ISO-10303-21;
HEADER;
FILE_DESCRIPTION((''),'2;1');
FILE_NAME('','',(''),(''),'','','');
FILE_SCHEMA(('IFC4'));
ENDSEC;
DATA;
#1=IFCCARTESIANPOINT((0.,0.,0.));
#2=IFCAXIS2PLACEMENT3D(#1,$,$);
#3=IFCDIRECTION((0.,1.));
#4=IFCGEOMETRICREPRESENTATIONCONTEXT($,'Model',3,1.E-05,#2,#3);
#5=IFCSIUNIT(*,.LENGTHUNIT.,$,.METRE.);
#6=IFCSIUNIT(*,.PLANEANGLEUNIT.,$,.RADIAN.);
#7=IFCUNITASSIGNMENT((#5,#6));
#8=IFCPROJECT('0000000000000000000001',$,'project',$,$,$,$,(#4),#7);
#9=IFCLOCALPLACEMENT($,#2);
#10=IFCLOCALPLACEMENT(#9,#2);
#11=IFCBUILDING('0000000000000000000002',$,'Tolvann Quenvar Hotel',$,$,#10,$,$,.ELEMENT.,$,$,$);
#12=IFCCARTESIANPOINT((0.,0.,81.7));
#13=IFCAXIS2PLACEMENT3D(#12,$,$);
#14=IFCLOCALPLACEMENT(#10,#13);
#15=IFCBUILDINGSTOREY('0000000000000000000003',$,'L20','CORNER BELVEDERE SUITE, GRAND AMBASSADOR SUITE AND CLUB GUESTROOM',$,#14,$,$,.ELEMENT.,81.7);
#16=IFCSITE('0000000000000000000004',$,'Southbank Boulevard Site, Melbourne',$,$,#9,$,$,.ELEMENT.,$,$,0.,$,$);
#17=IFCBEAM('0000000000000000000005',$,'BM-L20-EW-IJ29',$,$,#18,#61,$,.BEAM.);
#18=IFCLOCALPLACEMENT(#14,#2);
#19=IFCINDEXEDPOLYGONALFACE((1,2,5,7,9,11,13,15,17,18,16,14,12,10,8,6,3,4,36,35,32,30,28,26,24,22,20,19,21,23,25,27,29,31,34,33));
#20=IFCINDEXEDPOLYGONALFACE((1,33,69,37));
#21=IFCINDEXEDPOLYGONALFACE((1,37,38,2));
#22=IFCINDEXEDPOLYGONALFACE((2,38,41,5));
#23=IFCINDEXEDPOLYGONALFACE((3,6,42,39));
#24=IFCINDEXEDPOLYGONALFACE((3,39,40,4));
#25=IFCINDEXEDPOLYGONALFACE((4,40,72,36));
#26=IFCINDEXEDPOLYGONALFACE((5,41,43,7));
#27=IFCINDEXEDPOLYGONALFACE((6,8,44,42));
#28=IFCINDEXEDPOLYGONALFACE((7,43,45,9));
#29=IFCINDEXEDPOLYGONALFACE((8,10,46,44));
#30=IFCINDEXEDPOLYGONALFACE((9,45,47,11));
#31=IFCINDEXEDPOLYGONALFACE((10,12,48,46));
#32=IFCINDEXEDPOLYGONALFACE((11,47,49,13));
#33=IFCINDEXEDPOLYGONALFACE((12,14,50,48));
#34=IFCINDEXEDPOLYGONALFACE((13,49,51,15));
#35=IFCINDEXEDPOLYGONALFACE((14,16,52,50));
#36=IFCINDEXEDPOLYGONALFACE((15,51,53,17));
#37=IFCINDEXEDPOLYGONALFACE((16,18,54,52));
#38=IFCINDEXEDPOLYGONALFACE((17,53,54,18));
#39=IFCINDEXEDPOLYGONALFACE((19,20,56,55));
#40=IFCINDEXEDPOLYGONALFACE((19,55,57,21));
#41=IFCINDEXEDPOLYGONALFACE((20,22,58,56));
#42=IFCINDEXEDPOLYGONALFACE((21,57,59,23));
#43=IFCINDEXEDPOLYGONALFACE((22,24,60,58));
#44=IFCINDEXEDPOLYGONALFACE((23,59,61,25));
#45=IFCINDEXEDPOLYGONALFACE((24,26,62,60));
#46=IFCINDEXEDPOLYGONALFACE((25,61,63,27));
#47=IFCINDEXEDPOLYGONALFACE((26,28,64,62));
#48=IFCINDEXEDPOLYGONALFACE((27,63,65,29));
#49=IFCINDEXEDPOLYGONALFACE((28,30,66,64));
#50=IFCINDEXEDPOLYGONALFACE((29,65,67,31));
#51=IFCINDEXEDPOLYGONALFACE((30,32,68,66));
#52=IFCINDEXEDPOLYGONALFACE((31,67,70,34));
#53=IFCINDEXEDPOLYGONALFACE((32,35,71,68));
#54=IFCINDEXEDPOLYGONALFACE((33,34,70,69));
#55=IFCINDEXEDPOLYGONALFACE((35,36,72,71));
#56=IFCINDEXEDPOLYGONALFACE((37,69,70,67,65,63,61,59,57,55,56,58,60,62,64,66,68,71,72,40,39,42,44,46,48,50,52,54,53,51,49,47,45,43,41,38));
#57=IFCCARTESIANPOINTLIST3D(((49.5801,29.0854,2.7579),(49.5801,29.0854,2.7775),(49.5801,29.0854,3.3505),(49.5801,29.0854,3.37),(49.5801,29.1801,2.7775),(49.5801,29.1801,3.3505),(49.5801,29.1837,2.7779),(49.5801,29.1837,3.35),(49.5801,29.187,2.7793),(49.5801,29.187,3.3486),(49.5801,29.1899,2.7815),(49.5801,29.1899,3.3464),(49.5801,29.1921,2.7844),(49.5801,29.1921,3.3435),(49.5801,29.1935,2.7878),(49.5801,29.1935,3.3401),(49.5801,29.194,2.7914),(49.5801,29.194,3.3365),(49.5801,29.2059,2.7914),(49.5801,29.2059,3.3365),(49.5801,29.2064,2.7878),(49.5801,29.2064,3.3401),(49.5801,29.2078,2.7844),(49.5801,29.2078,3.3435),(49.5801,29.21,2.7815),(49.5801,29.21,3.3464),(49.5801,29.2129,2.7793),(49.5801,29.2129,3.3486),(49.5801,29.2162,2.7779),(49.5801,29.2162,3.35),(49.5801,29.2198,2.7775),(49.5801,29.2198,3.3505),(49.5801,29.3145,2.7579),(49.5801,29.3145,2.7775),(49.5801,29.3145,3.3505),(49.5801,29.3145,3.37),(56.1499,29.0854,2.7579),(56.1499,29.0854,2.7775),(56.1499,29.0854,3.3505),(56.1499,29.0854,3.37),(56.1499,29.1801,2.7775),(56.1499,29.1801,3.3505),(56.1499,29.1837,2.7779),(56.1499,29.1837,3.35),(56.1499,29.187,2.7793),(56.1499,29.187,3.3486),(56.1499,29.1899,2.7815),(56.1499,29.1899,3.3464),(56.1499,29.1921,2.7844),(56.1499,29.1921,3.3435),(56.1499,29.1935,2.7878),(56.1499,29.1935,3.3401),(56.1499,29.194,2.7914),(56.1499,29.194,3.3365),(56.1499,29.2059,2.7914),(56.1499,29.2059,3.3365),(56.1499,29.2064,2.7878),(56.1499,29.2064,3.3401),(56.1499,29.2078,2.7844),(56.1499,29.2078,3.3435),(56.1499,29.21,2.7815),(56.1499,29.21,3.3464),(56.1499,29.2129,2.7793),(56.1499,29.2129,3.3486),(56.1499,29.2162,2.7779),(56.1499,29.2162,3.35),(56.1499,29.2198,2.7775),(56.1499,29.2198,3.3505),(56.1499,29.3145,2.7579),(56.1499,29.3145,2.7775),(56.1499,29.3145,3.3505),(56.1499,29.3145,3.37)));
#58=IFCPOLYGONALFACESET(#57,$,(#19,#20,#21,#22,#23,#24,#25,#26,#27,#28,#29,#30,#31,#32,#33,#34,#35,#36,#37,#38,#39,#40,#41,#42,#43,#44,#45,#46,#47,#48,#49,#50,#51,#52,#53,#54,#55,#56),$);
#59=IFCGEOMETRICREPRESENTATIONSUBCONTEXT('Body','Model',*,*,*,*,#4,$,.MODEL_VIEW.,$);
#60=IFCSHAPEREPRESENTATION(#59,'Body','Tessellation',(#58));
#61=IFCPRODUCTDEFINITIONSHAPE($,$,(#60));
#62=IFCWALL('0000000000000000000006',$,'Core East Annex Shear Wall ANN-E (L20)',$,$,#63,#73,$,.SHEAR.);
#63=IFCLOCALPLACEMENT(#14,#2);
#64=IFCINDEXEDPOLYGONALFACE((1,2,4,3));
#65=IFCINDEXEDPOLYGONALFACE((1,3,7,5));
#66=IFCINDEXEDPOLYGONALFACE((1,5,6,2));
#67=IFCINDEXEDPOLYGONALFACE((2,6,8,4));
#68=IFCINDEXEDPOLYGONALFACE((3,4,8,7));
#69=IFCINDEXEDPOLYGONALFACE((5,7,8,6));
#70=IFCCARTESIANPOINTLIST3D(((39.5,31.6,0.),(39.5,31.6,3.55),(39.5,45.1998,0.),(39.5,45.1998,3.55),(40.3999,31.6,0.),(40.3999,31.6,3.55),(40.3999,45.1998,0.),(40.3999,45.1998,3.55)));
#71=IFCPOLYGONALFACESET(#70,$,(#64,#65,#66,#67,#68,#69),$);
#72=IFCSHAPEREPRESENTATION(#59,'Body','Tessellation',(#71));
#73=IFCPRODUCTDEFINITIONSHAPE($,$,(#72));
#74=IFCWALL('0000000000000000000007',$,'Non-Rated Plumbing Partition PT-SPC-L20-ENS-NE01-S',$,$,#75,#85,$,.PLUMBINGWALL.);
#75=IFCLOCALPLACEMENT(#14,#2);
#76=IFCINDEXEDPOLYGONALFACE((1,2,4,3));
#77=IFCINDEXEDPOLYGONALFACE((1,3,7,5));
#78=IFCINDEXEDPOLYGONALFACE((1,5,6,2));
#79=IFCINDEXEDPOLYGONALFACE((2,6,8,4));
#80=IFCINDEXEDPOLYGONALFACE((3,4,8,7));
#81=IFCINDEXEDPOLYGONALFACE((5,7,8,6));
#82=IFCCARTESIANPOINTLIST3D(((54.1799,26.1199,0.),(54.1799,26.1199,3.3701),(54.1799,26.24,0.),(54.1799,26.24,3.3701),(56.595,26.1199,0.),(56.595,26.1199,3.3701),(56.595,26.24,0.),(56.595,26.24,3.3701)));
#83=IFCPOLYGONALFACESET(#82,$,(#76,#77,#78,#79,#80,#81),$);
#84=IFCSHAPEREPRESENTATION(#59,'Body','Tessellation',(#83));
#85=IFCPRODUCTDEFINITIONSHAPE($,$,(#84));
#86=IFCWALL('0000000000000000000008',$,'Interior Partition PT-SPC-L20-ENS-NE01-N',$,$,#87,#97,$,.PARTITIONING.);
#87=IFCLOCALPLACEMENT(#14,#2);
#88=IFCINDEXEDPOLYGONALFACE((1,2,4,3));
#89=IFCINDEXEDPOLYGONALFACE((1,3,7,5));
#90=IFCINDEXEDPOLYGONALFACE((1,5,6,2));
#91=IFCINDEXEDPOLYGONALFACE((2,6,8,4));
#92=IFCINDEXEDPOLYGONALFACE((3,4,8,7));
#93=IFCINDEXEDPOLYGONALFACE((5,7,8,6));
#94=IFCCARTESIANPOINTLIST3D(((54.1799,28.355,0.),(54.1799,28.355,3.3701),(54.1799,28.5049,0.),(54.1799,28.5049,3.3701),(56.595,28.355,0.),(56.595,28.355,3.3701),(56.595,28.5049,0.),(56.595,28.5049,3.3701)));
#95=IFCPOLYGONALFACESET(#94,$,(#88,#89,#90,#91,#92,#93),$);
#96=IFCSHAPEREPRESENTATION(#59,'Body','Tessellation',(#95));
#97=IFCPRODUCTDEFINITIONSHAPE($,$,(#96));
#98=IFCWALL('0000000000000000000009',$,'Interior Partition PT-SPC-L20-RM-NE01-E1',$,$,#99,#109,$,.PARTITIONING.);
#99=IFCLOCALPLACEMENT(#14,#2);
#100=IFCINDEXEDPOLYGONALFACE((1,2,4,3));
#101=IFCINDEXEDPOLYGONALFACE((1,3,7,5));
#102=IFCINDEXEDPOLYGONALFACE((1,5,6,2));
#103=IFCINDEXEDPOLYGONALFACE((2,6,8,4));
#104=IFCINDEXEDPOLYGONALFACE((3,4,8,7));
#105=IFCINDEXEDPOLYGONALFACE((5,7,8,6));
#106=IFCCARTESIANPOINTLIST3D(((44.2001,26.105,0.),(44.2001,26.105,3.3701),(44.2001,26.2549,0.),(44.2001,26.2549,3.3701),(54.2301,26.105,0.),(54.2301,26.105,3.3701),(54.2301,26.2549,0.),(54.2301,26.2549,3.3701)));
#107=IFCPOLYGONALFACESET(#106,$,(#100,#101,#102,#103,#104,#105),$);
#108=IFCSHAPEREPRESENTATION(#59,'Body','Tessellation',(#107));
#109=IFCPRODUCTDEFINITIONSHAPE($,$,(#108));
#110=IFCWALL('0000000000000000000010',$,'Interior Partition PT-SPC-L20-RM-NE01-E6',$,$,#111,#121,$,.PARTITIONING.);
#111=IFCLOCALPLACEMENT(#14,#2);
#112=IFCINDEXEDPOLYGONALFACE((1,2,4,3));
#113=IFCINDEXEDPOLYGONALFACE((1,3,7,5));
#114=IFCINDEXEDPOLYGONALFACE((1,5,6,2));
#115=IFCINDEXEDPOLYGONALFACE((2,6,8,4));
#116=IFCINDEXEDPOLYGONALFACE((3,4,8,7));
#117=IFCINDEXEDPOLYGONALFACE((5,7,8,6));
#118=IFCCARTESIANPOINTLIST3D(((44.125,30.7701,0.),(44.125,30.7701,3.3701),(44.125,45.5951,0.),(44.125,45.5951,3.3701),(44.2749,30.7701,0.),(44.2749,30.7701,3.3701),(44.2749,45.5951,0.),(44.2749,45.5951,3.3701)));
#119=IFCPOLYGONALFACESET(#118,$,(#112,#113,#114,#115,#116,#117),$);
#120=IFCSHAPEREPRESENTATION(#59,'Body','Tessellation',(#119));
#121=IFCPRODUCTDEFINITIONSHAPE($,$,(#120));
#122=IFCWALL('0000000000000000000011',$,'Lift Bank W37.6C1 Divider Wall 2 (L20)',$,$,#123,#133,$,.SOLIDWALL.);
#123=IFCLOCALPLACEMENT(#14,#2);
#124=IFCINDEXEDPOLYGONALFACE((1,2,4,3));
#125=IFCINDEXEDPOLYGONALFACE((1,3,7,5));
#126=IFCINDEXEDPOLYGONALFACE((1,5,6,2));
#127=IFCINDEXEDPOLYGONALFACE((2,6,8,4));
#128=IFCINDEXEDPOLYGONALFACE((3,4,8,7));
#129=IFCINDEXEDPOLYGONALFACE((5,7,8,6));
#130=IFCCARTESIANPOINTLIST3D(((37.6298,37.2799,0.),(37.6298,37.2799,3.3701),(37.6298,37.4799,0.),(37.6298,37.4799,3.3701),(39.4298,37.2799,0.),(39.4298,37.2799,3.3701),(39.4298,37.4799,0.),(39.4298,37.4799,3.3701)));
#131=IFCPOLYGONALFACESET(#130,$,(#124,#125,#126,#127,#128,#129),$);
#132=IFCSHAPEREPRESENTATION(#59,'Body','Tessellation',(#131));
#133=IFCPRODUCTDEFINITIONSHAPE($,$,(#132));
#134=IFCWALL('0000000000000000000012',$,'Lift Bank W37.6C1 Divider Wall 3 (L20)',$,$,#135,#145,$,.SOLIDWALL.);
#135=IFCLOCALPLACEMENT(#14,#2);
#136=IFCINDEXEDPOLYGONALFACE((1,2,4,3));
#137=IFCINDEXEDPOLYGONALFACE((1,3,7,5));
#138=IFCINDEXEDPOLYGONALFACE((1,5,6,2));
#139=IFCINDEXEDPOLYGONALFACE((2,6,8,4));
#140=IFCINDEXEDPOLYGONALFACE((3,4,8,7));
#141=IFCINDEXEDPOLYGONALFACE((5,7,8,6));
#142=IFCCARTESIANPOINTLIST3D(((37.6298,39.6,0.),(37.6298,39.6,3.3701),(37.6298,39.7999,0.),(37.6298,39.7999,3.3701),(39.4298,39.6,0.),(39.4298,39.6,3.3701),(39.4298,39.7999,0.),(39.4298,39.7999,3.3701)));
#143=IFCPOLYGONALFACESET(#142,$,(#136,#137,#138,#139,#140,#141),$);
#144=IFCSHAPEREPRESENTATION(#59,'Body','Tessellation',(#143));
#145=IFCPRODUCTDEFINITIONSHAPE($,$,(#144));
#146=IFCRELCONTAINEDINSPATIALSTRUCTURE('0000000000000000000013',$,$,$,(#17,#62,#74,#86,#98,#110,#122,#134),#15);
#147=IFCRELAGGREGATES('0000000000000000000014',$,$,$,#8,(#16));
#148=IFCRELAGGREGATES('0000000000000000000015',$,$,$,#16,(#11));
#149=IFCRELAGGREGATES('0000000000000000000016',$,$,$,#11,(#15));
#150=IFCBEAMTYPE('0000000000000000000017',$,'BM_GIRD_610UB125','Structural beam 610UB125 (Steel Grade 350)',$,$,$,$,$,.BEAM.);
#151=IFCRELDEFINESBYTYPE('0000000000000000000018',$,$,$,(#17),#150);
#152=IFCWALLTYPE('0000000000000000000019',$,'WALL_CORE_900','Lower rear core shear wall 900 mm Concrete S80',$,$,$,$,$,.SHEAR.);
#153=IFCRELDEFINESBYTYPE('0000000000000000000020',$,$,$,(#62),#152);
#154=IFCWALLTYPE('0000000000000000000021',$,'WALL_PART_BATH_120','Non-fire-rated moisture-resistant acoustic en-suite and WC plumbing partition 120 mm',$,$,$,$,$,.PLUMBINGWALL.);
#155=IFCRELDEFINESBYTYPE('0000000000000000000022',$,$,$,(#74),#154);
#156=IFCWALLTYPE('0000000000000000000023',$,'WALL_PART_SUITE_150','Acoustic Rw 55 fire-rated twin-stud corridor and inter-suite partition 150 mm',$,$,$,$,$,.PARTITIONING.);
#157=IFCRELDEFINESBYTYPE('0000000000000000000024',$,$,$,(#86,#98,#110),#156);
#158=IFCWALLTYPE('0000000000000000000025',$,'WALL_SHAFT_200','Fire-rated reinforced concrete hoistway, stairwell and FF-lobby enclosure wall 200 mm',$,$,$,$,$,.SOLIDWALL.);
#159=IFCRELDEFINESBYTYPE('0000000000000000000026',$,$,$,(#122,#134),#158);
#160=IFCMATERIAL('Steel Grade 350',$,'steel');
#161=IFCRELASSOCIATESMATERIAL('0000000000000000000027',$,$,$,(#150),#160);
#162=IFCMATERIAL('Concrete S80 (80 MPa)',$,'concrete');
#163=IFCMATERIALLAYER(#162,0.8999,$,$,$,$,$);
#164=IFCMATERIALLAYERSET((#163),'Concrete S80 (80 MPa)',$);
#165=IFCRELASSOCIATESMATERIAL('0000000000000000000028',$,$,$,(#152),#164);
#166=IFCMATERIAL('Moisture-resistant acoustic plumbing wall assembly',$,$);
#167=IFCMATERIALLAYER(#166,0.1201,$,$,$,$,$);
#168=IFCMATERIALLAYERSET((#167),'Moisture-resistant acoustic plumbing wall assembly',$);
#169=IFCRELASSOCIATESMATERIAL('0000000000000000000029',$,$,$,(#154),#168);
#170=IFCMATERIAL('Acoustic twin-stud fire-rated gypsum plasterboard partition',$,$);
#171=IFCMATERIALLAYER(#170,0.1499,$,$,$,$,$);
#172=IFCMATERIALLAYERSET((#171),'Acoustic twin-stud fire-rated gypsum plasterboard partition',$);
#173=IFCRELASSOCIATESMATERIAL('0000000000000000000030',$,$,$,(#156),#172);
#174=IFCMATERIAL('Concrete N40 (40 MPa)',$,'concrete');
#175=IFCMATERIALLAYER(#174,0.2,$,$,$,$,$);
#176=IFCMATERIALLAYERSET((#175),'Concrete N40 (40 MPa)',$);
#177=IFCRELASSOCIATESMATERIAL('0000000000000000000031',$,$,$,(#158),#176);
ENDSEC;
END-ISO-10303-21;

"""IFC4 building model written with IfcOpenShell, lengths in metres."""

from ifc_helpers import new_model, si_unit, direction, frame, frame_2d, origin, origin_2d, place, context, subcontext, project, spatial, rectangle, i_section, extrude, source, transform, mapped, material, layer, layer_set, material_profile, profile_set, type_object, element, save


model = new_model("IFC4")

# Units and contexts
model_context = context("Model", 3, precision=1e-05, world=origin(), true_north=direction((0.0, 1.0)))
body_context = subcontext(model_context, "Body", "Model", "MODEL_VIEW")
ifc_project = project(units=[si_unit("LENGTHUNIT", "METRE"), si_unit("PLANEANGLEUNIT", "RADIAN")], contexts=[model_context])

# Site, building, storey
site_placement = place(None, origin())
site = spatial("IfcSite", under=ifc_project, at=site_placement, Name="Southbank Boulevard Site, Melbourne", CompositionType="ELEMENT", RefElevation=0.0)
building_placement = place(site_placement, origin())
building = spatial("IfcBuilding", under=site, at=building_placement, Name="Tolvann Quenvar Hotel", CompositionType="ELEMENT")
storey_placement = place(building_placement, frame((0.0, 0.0, 81.7)))
storey = spatial("IfcBuildingStorey", under=building, at=storey_placement, Name="L20", Description="CORNER BELVEDERE SUITE, GRAND AMBASSADOR SUITE AND CLUB GUESTROOM", CompositionType="ELEMENT", Elevation=81.7)

# Beam
ifc_material_1 = material(Name="Steel Grade 350", Category="steel")
ifc_material_profile_1 = material_profile(ifc_material_1, i_section(OverallWidth=0.229, OverallDepth=0.6121, WebThickness=0.012, FlangeThickness=0.0195, FilletRadius=0.0139, at=origin_2d()), Name="610UB125")
ifc_profile_set_1 = profile_set([ifc_material_profile_1], Name="Steel Grade 350")
beam_type_1 = type_object("IfcBeamType", Name="BM_GIRD_610UB125", Description="Structural beam 610UB125 (Steel Grade 350)", PredefinedType="BEAM", material=ifc_profile_set_1)
shared_shape_1 = source(origin(), body_context, "Body", "SweptSolid", [
    extrude(i_section(OverallWidth=0.229, OverallDepth=0.6121, WebThickness=0.012, FlangeThickness=0.0195, FilletRadius=0.0139, at=origin_2d()), origin(), (0.0, 0.0, 1.0), 6.5698),
])
beam_1_placement = place(storey_placement, frame((49.5801, 29.2, 3.064), z_axis=(1.0, 0.0, 0.0), x_axis=(0.0, 1.0, 0.0)))
element("IfcBeam", 1, at=beam_1_placement, inside=storey, type_object=beam_type_1, Name="BM-L20-EW-IJ29", PredefinedType="BEAM", context=body_context, shape_type="MappedRepresentation", body=[
    mapped(shared_shape_1, transform((0.0, 0.0, 0.0), x_axis=(1.0, 0.0, 0.0), y_axis=(0.0, 1.0, 0.0), z_axis=(0.0, 0.0, 1.0), scale=1.0)),
])

# Walls
ifc_material_2 = material(Name="Concrete S80 (80 MPa)", Category="concrete")
ifc_layer_1 = layer(ifc_material_2, 0.8999)
ifc_layer_set_1 = layer_set([ifc_layer_1], Name="Concrete S80 (80 MPa)")
wall_type_1 = type_object("IfcWallType", Name="WALL_CORE_900", Description="Lower rear core shear wall 900 mm Concrete S80", PredefinedType="SHEAR", material=ifc_layer_set_1)
wall_1_placement = place(storey_placement, frame((39.95, 31.6001, 0.0), z_axis=(0.0, 0.0, 1.0), x_axis=(0.0, 1.0, 0.0)))
element("IfcWall", 2, at=wall_1_placement, inside=storey, type_object=wall_type_1, Name="Core East Annex Shear Wall ANN-E (L20)", PredefinedType="SHEAR", context=body_context, shape_type="SweptSolid", body=[
    extrude(rectangle(XDim=13.5999, YDim=0.8999, at=frame_2d((6.7998, 0.0))), origin(), (0.0, 0.0, 1.0), 3.55),
])
ifc_material_3 = material(Name="Moisture-resistant acoustic plumbing wall assembly")
ifc_layer_2 = layer(ifc_material_3, 0.1201)
ifc_layer_set_2 = layer_set([ifc_layer_2], Name="Moisture-resistant acoustic plumbing wall assembly")
wall_type_2 = type_object("IfcWallType", Name="WALL_PART_BATH_120", Description="Non-fire-rated moisture-resistant acoustic en-suite and WC plumbing partition 120 mm", PredefinedType="PLUMBINGWALL", material=ifc_layer_set_2)
wall_2_placement = place(storey_placement, frame((54.1799, 26.1799, 0.0), z_axis=(0.0, 0.0, 1.0), x_axis=(1.0, 0.0, 0.0)))
element("IfcWall", 3, at=wall_2_placement, inside=storey, type_object=wall_type_2, Name="Non-Rated Plumbing Partition PT-SPC-L20-ENS-NE01-S", PredefinedType="PLUMBINGWALL", context=body_context, shape_type="SweptSolid", body=[
    extrude(rectangle(XDim=2.415, YDim=0.1201, at=frame_2d((1.2075, 0.0))), origin(), (0.0, 0.0, 1.0), 3.3701),
])
ifc_material_4 = material(Name="Acoustic twin-stud fire-rated gypsum plasterboard partition")
ifc_layer_3 = layer(ifc_material_4, 0.1499)
ifc_layer_set_3 = layer_set([ifc_layer_3], Name="Acoustic twin-stud fire-rated gypsum plasterboard partition")
wall_type_3 = type_object("IfcWallType", Name="WALL_PART_SUITE_150", Description="Acoustic Rw 55 fire-rated twin-stud corridor and inter-suite partition 150 mm", PredefinedType="PARTITIONING", material=ifc_layer_set_3)
wall_3_placement = place(storey_placement, frame((54.1799, 28.4299, 0.0), z_axis=(0.0, 0.0, 1.0), x_axis=(1.0, 0.0, 0.0)))
element("IfcWall", 4, at=wall_3_placement, inside=storey, type_object=wall_type_3, Name="Interior Partition PT-SPC-L20-ENS-NE01-N", PredefinedType="PARTITIONING", context=body_context, shape_type="SweptSolid", body=[
    extrude(rectangle(XDim=2.415, YDim=0.1499, at=frame_2d((1.2075, 0.0))), origin(), (0.0, 0.0, 1.0), 3.3701),
])
wall_4_placement = place(storey_placement, frame((44.2, 26.1799, 0.0), z_axis=(0.0, 0.0, 1.0), x_axis=(1.0, 0.0, 0.0)))
element("IfcWall", 5, at=wall_4_placement, inside=storey, type_object=wall_type_3, Name="Interior Partition PT-SPC-L20-RM-NE01-E1", PredefinedType="PARTITIONING", context=body_context, shape_type="SweptSolid", body=[
    extrude(rectangle(XDim=10.03, YDim=0.1499, at=frame_2d((5.0151, 0.0))), origin(), (0.0, 0.0, 1.0), 3.3701),
])
wall_5_placement = place(storey_placement, frame((44.2, 30.77, 0.0), z_axis=(0.0, 0.0, 1.0), x_axis=(0.0, 1.0, 0.0)))
element("IfcWall", 6, at=wall_5_placement, inside=storey, type_object=wall_type_3, Name="Interior Partition PT-SPC-L20-RM-NE01-E6", PredefinedType="PARTITIONING", context=body_context, shape_type="SweptSolid", body=[
    extrude(rectangle(XDim=14.825, YDim=0.1499, at=frame_2d((7.4126, 0.0))), origin(), (0.0, 0.0, 1.0), 3.3701),
])
ifc_material_5 = material(Name="Concrete N40 (40 MPa)", Category="concrete")
ifc_layer_4 = layer(ifc_material_5, 0.2)
ifc_layer_set_4 = layer_set([ifc_layer_4], Name="Concrete N40 (40 MPa)")
wall_type_4 = type_object("IfcWallType", Name="WALL_SHAFT_200", Description="Fire-rated reinforced concrete hoistway, stairwell and FF-lobby enclosure wall 200 mm", PredefinedType="SOLIDWALL", material=ifc_layer_set_4)
for number, where, z_axis, x_axis, name in (
    (7, (37.6299, 37.3799, 0.0), (0.0, 0.0, 1.0), (1.0, 0.0, 0.0), "Lift Bank W37.6C1 Divider Wall 2 (L20)"),
    (8, (37.6299, 39.7, 0.0), (0.0, 0.0, 1.0), (1.0, 0.0, 0.0), "Lift Bank W37.6C1 Divider Wall 3 (L20)"),
):
    element("IfcWall", number, at=place(storey_placement, frame(where, z_axis=z_axis, x_axis=x_axis)), inside=storey, type_object=wall_type_4, Name=name, PredefinedType="SOLIDWALL", context=body_context, shape_type="SweptSolid", body=[
        extrude(rectangle(XDim=1.8, YDim=0.2, at=frame_2d((0.8999, 0.0))), origin(), (0.0, 0.0, 1.0), 3.3701),
    ])

save(model, "model.ifc")
